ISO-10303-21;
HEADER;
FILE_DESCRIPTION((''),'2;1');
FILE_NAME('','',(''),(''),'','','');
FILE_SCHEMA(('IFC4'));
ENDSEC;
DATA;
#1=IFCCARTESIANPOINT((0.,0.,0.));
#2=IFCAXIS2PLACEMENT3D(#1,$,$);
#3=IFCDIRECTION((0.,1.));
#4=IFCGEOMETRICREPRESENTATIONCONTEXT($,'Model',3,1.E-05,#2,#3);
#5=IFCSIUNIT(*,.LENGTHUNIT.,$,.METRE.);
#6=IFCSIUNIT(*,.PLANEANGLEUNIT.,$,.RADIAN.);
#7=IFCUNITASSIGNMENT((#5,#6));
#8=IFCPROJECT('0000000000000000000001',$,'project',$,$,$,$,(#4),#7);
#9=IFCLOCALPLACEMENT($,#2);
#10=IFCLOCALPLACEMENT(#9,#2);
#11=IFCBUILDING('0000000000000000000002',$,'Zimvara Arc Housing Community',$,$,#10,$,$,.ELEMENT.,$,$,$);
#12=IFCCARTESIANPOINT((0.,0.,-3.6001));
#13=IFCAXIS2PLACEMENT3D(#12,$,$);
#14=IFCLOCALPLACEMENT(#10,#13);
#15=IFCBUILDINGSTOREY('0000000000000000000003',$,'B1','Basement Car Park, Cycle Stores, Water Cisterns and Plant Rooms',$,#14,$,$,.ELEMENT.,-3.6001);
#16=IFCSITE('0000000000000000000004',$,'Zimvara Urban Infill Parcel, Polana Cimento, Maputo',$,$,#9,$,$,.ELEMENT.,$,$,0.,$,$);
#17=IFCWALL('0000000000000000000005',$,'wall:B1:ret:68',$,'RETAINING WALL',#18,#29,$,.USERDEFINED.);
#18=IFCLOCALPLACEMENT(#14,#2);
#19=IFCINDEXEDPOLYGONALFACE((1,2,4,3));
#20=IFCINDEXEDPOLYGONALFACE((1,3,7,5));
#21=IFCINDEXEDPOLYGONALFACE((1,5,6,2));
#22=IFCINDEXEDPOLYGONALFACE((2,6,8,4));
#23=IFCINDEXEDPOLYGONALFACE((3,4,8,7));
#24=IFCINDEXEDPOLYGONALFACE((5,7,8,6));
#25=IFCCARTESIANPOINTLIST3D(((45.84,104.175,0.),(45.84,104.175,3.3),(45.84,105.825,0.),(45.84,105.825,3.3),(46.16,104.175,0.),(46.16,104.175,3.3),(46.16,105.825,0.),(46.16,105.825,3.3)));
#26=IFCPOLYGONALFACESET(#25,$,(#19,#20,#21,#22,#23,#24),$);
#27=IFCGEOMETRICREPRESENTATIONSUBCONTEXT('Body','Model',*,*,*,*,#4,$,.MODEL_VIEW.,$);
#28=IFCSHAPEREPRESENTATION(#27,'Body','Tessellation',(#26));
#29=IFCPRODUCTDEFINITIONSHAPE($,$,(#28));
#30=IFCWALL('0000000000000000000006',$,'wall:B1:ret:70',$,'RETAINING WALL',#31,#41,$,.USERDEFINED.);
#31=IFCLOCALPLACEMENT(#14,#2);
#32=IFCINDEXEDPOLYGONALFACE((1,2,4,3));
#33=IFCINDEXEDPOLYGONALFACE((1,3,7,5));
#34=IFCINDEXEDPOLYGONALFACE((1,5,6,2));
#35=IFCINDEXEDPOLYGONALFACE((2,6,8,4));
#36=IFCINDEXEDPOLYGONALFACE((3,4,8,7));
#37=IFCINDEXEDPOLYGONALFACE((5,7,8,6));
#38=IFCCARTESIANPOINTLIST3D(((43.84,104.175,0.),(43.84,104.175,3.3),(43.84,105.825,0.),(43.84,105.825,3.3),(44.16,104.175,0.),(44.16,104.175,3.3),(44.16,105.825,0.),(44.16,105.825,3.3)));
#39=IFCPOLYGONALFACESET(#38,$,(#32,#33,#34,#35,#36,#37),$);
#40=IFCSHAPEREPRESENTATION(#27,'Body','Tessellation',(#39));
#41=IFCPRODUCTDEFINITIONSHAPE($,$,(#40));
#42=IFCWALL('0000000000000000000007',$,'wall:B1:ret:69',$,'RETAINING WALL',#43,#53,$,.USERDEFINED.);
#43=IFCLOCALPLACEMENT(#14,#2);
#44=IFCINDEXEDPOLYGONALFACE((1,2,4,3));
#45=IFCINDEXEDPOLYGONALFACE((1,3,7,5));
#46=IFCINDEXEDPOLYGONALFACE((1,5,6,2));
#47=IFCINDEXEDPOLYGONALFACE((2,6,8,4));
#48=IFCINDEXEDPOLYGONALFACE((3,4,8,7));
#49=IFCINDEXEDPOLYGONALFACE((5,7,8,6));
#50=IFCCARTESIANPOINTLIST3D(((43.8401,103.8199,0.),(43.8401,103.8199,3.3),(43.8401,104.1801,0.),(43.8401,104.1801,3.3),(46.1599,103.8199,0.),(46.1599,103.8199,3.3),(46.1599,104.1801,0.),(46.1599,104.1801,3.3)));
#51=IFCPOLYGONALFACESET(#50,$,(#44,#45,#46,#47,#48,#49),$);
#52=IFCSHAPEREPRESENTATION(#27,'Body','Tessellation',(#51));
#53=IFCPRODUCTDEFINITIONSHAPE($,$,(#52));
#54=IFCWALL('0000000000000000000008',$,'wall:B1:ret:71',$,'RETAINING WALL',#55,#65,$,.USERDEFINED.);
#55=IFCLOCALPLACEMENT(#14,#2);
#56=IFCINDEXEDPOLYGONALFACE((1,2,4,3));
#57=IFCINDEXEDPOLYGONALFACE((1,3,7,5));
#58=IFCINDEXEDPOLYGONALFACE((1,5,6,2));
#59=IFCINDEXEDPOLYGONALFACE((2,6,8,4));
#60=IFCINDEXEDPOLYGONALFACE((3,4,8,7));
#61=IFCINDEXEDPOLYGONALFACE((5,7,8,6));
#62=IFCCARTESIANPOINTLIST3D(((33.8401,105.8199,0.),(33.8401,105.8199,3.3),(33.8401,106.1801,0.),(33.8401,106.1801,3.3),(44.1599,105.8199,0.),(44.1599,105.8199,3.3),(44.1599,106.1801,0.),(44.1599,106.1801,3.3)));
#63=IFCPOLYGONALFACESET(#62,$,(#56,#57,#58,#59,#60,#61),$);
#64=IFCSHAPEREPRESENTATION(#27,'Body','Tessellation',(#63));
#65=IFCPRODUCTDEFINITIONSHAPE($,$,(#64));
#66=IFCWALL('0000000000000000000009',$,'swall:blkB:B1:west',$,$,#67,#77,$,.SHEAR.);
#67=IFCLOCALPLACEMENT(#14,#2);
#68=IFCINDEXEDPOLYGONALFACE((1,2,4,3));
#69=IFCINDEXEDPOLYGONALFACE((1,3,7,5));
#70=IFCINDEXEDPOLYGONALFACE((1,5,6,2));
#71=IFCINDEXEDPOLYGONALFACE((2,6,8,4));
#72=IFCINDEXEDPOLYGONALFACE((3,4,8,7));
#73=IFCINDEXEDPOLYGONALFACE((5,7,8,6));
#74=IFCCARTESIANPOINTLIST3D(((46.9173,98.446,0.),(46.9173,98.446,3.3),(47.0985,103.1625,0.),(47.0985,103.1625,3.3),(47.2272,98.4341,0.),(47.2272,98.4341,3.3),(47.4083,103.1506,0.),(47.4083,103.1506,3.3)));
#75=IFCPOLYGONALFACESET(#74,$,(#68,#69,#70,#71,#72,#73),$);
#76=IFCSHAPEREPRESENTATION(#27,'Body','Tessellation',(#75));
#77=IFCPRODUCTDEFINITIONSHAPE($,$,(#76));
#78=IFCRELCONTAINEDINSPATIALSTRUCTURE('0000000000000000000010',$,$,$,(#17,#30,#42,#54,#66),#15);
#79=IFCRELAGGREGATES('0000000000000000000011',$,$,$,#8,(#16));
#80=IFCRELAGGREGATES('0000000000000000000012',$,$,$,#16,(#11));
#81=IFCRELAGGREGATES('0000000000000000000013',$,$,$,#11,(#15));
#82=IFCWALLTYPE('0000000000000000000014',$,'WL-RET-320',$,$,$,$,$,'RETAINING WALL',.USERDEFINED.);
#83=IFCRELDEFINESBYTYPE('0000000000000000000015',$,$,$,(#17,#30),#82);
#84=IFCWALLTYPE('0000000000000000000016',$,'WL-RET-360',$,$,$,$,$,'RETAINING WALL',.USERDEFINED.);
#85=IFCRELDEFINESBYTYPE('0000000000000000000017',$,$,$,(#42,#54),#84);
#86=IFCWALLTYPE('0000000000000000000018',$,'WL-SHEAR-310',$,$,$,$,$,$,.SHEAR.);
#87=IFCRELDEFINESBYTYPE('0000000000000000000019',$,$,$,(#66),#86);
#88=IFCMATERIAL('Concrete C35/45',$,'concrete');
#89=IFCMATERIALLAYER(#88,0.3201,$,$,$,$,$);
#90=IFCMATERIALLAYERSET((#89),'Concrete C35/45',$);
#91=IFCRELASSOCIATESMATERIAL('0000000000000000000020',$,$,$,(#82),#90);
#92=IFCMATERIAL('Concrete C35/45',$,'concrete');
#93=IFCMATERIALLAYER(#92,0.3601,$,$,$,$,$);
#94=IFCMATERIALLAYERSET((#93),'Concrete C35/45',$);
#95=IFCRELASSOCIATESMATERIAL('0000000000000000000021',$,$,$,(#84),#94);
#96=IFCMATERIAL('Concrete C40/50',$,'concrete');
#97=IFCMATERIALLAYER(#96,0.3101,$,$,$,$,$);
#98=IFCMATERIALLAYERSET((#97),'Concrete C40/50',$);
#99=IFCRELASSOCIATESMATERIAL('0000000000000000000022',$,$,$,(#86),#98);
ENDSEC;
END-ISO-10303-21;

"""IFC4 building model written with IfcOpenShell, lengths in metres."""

from ifc_helpers import new_model, si_unit, direction, frame, frame_2d, origin, place, context, subcontext, project, spatial, rectangle, extrude, material, layer, layer_set, type_object, element, save


model = new_model("IFC4")

# Units and contexts
model_context = context("Model", 3, precision=1e-05, world=origin(), true_north=direction((0.0, 1.0)))
body_context = subcontext(model_context, "Body", "Model", "MODEL_VIEW")
ifc_project = project(units=[si_unit("LENGTHUNIT", "METRE"), si_unit("PLANEANGLEUNIT", "RADIAN")], contexts=[model_context])

# Site, building, storey
site_placement = place(None, origin())
site = spatial("IfcSite", under=ifc_project, at=site_placement, Name="Zimvara Urban Infill Parcel, Polana Cimento, Maputo", CompositionType="ELEMENT", RefElevation=0.0)
building_placement = place(site_placement, origin())
building = spatial("IfcBuilding", under=site, at=building_placement, Name="Zimvara Arc Housing Community", CompositionType="ELEMENT")
storey_placement = place(building_placement, frame((0.0, 0.0, -3.6001)))
storey = spatial("IfcBuildingStorey", under=building, at=storey_placement, Name="B1", Description="Basement Car Park, Cycle Stores, Water Cisterns and Plant Rooms", CompositionType="ELEMENT", Elevation=-3.6001)

# Walls
ifc_material_1 = material(Name="Concrete C35/45", Category="concrete")
ifc_layer_1 = layer(ifc_material_1, 0.3201)
ifc_layer_set_1 = layer_set([ifc_layer_1], Name="Concrete C35/45")
wall_type_1 = type_object("IfcWallType", Name="WL-RET-320", ElementType="RETAINING WALL", PredefinedType="USERDEFINED", material=ifc_layer_set_1)
for number, where, z_axis, x_axis, name in (
    (1, (46.0, 105.825, 0.0), (0.0, 0.0, 1.0), (0.0, -1.0, 0.0), "wall:B1:ret:68"),
    (2, (44.0, 104.175, 0.0), (0.0, 0.0, 1.0), (0.0, 1.0, 0.0), "wall:B1:ret:70"),
):
    element("IfcWall", number, at=place(storey_placement, frame(where, z_axis=z_axis, x_axis=x_axis)), inside=storey, type_object=wall_type_1, Name=name, ObjectType="RETAINING WALL", PredefinedType="USERDEFINED", context=body_context, shape_type="SweptSolid", body=[
        extrude(rectangle(XDim=1.6499, YDim=0.3201, at=frame_2d((0.825, 0.0))), origin(), (0.0, 0.0, 1.0), 3.3),
    ])
ifc_material_2 = material(Name="Concrete C35/45", Category="concrete")
ifc_layer_2 = layer(ifc_material_2, 0.3601)
ifc_layer_set_2 = layer_set([ifc_layer_2], Name="Concrete C35/45")
wall_type_2 = type_object("IfcWallType", Name="WL-RET-360", ElementType="RETAINING WALL", PredefinedType="USERDEFINED", material=ifc_layer_set_2)
wall_1_placement = place(storey_placement, frame((46.1599, 104.0, 0.0), z_axis=(0.0, 0.0, 1.0), x_axis=(-1.0, 0.0, 0.0)))
element("IfcWall", 3, at=wall_1_placement, inside=storey, type_object=wall_type_2, Name="wall:B1:ret:69", ObjectType="RETAINING WALL", PredefinedType="USERDEFINED", context=body_context, shape_type="SweptSolid", body=[
    extrude(rectangle(XDim=2.3198, YDim=0.3601, at=frame_2d((1.1599, 0.0))), origin(), (0.0, 0.0, 1.0), 3.3),
])
wall_2_placement = place(storey_placement, frame((44.1599, 106.0, 0.0), z_axis=(0.0, 0.0, 1.0), x_axis=(-1.0, 0.0, 0.0)))
element("IfcWall", 4, at=wall_2_placement, inside=storey, type_object=wall_type_2, Name="wall:B1:ret:71", ObjectType="RETAINING WALL", PredefinedType="USERDEFINED", context=body_context, shape_type="SweptSolid", body=[
    extrude(rectangle(XDim=10.3198, YDim=0.3601, at=frame_2d((5.1599, 0.0))), origin(), (0.0, 0.0, 1.0), 3.3),
])
ifc_material_3 = material(Name="Concrete C40/50", Category="concrete")
ifc_layer_3 = layer(ifc_material_3, 0.3101)
ifc_layer_set_3 = layer_set([ifc_layer_3], Name="Concrete C40/50")
wall_type_3 = type_object("IfcWallType", Name="WL-SHEAR-310", PredefinedType="SHEAR", material=ifc_layer_set_3)
wall_3_placement = place(storey_placement, frame((47.0723, 98.4402, 0.0), z_axis=(0.0, 0.0, 1.0), x_axis=(0.038379, 0.999263, 0.0)))
element("IfcWall", 5, at=wall_3_placement, inside=storey, type_object=wall_type_3, Name="swall:blkB:B1:west", PredefinedType="SHEAR", context=body_context, shape_type="SweptSolid", body=[
    extrude(rectangle(XDim=4.72, YDim=0.3101, at=frame_2d((2.3599, 0.0))), origin(), (0.0, 0.0, 1.0), 3.3),
])

save(model, "model.ifc")
